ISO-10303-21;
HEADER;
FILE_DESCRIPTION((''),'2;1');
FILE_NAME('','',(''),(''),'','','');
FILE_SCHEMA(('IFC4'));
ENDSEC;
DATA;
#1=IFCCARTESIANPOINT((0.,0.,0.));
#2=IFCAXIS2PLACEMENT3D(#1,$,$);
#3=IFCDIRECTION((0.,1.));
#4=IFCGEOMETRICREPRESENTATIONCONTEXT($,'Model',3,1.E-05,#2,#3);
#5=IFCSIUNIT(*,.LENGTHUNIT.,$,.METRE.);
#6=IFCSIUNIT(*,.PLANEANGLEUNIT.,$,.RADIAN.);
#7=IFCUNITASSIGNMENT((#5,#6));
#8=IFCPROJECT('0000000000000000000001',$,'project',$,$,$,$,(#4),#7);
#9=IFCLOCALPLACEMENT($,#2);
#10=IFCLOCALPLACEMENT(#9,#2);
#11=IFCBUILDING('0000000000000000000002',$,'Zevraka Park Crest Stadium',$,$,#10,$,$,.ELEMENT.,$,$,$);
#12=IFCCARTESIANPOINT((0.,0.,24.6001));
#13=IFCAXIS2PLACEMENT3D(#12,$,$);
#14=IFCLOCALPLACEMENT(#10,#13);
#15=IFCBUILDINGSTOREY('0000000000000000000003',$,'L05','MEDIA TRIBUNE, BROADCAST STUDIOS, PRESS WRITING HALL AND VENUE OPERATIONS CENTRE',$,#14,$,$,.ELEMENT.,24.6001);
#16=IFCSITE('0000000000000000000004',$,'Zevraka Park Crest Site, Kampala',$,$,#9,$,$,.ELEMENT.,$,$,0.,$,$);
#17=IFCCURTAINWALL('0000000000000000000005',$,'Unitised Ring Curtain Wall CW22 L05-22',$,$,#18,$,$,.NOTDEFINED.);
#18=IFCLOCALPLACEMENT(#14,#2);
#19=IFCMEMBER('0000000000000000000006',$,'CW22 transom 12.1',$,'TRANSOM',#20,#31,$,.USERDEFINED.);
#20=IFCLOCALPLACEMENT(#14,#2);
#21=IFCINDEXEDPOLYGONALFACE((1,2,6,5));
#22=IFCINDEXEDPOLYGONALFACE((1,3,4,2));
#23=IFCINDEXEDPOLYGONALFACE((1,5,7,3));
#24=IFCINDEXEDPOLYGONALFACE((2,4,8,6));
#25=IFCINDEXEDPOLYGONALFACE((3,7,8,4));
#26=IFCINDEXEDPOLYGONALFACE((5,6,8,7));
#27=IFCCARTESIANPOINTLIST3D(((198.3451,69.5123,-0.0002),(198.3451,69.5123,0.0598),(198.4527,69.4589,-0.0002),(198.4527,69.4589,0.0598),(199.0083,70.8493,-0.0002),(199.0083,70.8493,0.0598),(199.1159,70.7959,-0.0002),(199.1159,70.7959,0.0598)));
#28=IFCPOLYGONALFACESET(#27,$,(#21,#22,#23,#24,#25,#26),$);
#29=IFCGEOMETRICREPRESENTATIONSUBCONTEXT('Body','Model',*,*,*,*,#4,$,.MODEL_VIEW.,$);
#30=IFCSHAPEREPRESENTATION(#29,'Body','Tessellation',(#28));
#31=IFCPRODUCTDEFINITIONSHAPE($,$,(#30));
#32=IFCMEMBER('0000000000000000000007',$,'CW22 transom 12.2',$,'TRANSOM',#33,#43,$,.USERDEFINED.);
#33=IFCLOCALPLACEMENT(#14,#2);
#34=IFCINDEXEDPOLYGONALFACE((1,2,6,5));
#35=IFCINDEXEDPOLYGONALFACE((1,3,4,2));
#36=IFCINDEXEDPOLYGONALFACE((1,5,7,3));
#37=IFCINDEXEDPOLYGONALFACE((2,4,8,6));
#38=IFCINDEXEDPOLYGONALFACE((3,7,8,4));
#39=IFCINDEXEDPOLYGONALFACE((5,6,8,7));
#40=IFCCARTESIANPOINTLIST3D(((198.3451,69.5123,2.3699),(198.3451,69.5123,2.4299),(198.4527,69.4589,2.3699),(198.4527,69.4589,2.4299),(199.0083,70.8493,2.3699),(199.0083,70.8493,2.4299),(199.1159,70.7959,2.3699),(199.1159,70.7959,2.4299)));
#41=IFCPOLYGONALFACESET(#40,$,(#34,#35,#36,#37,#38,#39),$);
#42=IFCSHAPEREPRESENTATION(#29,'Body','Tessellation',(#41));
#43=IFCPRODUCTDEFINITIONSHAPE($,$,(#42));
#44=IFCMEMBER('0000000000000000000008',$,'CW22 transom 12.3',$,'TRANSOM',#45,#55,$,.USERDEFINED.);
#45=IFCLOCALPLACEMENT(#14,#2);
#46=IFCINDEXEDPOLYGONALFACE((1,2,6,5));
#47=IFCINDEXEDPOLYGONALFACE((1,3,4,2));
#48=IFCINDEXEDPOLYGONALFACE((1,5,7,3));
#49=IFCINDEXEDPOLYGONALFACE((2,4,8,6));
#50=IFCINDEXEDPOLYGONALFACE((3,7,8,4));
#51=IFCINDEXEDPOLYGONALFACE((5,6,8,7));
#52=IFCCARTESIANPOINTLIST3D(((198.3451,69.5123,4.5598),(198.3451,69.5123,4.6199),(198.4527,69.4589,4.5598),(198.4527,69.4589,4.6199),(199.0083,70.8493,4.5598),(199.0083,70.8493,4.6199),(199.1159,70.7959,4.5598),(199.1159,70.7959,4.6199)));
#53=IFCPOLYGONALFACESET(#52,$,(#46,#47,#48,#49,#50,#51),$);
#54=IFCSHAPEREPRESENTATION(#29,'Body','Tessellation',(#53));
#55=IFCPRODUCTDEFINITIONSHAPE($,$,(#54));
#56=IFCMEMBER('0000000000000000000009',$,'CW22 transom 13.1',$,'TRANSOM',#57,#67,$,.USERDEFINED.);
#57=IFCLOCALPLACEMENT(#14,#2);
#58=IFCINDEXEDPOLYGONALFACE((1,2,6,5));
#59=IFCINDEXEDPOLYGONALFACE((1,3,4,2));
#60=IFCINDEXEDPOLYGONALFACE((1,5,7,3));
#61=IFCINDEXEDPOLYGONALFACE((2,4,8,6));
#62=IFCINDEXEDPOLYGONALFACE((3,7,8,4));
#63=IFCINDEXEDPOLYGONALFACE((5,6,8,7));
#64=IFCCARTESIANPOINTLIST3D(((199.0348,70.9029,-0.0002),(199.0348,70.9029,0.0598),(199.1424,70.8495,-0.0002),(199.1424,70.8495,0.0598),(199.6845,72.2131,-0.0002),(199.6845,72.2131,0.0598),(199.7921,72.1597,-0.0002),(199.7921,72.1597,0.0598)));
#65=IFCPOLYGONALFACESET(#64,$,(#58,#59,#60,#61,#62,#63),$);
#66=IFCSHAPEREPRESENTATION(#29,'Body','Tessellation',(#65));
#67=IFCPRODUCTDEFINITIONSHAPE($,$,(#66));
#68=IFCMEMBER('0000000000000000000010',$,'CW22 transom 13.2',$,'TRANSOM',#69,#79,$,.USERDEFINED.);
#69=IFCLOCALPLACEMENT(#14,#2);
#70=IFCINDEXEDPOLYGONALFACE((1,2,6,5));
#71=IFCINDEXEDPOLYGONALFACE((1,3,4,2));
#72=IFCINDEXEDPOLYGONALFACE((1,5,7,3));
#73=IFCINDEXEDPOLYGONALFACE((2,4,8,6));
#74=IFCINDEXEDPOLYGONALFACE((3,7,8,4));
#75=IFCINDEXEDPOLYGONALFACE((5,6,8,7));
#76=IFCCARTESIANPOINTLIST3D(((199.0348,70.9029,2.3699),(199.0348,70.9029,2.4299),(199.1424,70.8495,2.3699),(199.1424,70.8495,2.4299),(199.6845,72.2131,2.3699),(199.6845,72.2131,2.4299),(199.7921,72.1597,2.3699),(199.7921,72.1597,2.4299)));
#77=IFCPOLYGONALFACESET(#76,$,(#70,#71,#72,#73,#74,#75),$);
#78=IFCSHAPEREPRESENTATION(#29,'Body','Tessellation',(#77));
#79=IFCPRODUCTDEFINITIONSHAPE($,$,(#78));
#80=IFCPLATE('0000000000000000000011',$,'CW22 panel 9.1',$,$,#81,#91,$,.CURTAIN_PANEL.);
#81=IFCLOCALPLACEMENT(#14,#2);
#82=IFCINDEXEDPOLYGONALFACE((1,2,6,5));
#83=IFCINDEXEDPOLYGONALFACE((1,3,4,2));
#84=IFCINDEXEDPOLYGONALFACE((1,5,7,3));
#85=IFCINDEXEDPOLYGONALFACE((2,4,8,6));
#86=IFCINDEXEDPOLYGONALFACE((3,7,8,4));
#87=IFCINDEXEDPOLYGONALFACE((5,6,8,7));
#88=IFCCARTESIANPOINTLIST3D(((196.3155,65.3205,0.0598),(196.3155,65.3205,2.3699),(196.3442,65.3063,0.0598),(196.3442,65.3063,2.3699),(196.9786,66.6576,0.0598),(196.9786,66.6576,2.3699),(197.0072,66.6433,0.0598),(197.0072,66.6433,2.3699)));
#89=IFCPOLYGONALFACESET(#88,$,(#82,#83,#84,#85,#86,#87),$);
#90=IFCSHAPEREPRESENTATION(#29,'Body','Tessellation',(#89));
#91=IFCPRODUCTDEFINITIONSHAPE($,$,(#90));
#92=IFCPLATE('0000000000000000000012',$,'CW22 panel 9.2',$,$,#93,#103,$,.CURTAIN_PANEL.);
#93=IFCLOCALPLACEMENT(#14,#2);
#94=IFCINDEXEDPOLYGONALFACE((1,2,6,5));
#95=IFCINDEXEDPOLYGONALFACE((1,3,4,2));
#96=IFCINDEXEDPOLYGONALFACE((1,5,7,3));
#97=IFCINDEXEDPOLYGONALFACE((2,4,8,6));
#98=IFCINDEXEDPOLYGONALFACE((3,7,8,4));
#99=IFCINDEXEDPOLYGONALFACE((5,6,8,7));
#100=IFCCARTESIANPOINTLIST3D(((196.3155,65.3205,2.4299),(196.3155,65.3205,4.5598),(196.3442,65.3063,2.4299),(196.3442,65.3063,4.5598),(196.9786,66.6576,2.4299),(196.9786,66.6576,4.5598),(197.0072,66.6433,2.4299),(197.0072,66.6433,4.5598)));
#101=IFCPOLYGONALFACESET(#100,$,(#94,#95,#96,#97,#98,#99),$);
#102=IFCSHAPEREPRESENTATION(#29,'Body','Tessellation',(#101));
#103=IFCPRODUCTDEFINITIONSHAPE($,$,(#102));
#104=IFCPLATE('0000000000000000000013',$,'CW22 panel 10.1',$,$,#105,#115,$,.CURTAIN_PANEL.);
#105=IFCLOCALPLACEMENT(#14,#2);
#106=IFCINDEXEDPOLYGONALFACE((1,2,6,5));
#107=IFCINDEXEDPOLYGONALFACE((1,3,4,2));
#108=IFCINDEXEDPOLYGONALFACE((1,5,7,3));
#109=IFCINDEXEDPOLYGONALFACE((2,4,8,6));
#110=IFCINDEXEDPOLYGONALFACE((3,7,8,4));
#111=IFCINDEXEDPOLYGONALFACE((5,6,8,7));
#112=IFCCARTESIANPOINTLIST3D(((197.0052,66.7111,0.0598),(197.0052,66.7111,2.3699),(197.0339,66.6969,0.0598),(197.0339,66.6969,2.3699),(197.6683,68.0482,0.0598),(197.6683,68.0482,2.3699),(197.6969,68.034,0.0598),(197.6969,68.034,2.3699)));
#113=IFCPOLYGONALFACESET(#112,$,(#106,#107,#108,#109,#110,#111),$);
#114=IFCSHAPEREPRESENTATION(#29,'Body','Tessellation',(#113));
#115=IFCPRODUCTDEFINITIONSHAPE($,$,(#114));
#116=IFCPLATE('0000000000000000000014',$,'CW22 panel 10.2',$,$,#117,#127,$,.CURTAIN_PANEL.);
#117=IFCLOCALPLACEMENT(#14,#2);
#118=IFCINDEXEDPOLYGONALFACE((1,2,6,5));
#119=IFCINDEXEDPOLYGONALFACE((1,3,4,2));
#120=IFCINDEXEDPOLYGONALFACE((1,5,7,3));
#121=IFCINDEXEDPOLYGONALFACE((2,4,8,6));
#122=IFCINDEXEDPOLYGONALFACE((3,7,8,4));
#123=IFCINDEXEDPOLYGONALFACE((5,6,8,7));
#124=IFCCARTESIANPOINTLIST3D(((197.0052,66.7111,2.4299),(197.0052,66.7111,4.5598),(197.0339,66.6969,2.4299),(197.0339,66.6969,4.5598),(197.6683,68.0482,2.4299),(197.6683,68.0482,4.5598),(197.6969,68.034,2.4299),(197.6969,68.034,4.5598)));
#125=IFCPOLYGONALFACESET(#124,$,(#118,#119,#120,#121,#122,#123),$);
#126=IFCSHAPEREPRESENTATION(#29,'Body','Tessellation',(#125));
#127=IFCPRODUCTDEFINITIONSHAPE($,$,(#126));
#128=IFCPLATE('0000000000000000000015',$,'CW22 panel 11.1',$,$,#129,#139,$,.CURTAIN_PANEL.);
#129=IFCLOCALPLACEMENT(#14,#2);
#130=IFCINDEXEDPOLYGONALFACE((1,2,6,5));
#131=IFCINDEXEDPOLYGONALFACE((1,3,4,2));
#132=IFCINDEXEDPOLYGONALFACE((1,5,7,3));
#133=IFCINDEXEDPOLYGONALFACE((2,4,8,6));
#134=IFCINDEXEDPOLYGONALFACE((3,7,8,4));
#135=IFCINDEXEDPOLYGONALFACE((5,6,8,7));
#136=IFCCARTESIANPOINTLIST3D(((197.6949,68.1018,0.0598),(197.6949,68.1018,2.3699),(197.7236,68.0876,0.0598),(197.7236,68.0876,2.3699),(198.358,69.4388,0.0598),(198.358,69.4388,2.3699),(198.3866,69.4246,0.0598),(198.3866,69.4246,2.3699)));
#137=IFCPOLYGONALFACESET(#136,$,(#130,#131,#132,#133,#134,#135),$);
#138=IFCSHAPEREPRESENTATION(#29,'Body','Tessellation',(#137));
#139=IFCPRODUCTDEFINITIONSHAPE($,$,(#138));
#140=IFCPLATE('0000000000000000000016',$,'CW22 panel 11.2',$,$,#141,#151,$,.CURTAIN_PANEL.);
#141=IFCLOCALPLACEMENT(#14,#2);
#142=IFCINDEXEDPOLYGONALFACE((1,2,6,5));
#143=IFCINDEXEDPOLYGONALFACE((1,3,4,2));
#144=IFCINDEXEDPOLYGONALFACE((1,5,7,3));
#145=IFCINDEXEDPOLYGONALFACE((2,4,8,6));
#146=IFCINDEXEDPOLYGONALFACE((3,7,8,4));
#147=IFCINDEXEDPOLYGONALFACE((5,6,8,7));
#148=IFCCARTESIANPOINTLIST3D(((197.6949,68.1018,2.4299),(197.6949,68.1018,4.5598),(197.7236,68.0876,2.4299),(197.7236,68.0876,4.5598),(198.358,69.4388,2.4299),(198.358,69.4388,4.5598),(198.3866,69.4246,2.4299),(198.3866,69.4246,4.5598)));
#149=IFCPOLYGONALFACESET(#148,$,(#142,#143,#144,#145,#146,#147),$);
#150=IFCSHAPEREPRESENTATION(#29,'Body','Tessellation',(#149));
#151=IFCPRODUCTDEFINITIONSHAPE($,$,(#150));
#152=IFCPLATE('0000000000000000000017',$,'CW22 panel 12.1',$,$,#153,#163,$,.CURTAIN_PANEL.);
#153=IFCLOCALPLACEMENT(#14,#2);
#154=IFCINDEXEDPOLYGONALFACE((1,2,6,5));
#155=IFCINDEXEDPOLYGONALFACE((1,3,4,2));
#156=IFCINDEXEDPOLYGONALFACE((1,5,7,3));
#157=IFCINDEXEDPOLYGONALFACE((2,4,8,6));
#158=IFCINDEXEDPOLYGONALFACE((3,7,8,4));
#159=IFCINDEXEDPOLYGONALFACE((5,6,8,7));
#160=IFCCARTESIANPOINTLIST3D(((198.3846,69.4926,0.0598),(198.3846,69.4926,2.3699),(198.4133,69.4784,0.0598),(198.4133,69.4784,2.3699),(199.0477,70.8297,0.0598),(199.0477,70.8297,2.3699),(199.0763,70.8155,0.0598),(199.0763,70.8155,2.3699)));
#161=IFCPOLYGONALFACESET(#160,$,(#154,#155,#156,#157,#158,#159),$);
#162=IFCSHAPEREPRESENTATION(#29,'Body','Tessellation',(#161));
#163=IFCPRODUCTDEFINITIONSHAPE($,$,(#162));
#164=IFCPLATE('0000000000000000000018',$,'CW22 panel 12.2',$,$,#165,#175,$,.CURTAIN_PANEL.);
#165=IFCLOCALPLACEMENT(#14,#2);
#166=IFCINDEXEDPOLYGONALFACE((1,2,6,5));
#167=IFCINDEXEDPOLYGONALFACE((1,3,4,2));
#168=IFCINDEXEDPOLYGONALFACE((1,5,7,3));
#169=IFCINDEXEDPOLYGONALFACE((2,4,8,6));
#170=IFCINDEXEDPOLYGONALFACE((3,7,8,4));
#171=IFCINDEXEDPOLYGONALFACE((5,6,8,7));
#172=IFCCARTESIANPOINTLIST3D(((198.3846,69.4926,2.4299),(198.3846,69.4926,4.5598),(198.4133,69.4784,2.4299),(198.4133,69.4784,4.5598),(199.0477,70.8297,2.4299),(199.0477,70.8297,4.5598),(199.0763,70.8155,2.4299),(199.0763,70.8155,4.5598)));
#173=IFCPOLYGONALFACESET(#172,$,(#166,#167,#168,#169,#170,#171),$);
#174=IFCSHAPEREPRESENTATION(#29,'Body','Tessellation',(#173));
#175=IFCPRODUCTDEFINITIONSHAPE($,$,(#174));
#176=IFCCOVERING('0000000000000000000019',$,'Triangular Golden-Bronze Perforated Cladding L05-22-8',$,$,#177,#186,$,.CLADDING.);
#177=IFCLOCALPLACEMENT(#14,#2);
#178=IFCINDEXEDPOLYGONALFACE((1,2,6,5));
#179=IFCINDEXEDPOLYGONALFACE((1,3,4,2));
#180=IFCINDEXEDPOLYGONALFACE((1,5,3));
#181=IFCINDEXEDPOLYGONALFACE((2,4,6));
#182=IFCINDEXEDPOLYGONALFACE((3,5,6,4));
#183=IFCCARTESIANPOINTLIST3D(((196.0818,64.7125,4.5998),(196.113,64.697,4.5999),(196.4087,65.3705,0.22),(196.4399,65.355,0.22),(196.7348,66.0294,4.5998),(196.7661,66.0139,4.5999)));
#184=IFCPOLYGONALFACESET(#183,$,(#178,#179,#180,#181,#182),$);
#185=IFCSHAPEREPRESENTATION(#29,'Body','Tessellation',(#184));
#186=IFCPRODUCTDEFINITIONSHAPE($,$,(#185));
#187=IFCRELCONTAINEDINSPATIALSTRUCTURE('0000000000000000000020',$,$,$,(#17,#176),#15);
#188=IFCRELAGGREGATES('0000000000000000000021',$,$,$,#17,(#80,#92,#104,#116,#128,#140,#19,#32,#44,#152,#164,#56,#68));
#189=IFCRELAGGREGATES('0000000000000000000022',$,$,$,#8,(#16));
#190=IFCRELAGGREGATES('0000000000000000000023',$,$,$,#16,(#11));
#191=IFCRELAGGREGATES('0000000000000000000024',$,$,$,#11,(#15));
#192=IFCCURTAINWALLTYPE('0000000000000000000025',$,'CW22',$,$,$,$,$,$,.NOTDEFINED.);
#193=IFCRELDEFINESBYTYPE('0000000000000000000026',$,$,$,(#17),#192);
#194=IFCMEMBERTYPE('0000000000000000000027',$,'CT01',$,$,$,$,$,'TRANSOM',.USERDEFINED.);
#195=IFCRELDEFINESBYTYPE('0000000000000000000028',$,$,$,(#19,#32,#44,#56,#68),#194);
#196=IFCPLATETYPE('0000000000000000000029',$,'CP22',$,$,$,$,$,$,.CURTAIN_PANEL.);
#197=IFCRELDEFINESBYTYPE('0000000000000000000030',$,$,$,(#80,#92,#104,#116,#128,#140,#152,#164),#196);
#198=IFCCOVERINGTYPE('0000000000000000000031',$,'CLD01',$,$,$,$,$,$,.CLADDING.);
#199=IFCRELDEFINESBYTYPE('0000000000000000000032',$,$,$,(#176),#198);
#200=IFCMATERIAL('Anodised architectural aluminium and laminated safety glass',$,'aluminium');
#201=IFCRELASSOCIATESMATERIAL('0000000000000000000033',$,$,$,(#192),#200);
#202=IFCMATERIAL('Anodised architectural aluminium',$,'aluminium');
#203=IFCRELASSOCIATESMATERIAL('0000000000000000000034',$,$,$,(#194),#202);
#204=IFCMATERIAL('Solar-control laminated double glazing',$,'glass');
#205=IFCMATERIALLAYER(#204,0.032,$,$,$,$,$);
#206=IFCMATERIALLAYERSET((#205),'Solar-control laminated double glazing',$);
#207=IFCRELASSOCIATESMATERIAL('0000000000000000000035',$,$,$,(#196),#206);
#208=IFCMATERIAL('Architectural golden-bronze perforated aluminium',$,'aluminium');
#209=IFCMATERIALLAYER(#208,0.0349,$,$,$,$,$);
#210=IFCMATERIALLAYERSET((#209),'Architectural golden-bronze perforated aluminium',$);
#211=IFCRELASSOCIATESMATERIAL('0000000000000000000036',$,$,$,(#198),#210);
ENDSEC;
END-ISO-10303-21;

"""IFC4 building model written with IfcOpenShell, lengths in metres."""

from ifc_helpers import new_model, si_unit, direction, frame, origin, origin_2d, place, context, subcontext, project, spatial, polyline, rectangle, outline, extrude, material, layer, layer_set, material_profile, profile_set, type_object, element, aggregate, save


model = new_model("IFC4")

# Units and contexts
model_context = context("Model", 3, precision=1e-05, world=origin(), true_north=direction((0.0, 1.0)))
body_context = subcontext(model_context, "Body", "Model", "MODEL_VIEW")
ifc_project = project(units=[si_unit("LENGTHUNIT", "METRE"), si_unit("PLANEANGLEUNIT", "RADIAN")], contexts=[model_context])

# Site, building, storey
site_placement = place(None, origin())
site = spatial("IfcSite", under=ifc_project, at=site_placement, Name="Zevraka Park Crest Site, Kampala", CompositionType="ELEMENT", RefElevation=0.0)
building_placement = place(site_placement, origin())
building = spatial("IfcBuilding", under=site, at=building_placement, Name="Zevraka Park Crest Stadium", CompositionType="ELEMENT")
storey_placement = place(building_placement, frame((0.0, 0.0, 24.6001)))
storey = spatial("IfcBuildingStorey", under=building, at=storey_placement, Name="L05", Description="MEDIA TRIBUNE, BROADCAST STUDIOS, PRESS WRITING HALL AND VENUE OPERATIONS CENTRE", CompositionType="ELEMENT", Elevation=24.6001)

# Curtain wall, members, plates
ifc_material_1 = material(Name="Anodised architectural aluminium and laminated safety glass", Category="aluminium")
curtain_wall_type = type_object("IfcCurtainWallType", Name="CW22", PredefinedType="NOTDEFINED", material=ifc_material_1)
curtain_wall_placement = place(storey_placement, origin())
curtain_wall = element("IfcCurtainWall", 1, at=curtain_wall_placement, inside=storey, type_object=curtain_wall_type, Name="Unitised Ring Curtain Wall CW22 L05-22", PredefinedType="NOTDEFINED")
ifc_material_2 = material(Name="Anodised architectural aluminium", Category="aluminium")
ifc_material_profile_1 = material_profile(ifc_material_2, rectangle(XDim=0.1201, YDim=0.0601, at=origin_2d()), Name="ALU TRANSOM 120x60")
ifc_profile_set_1 = profile_set([ifc_material_profile_1], Name="Anodised architectural aluminium")
member_type_1 = type_object("IfcMemberType", Name="CT01", ElementType="TRANSOM", PredefinedType="USERDEFINED", material=ifc_profile_set_1)
member_1_placement = place(storey_placement, frame((198.3989, 69.4856, 0.0298), z_axis=(0.444332, 0.895862, 0.0), x_axis=(-0.895862, 0.444332, 0.0)))
member_1 = element("IfcMember", 2, at=member_1_placement, type_object=member_type_1, Name="CW22 transom 12.1", ObjectType="TRANSOM", PredefinedType="USERDEFINED", context=body_context, shape_type="SweptSolid", body=[
    extrude(rectangle(XDim=0.1201, YDim=0.0601, at=origin_2d()), origin(), (0.0, 0.0, 1.0), 1.4924),
])
member_2_placement = place(storey_placement, frame((198.3989, 69.4856, 2.3999), z_axis=(0.444332, 0.895862, 0.0), x_axis=(-0.895862, 0.444332, 0.0)))
member_2 = element("IfcMember", 3, at=member_2_placement, type_object=member_type_1, Name="CW22 transom 12.2", ObjectType="TRANSOM", PredefinedType="USERDEFINED", context=body_context, shape_type="SweptSolid", body=[
    extrude(rectangle(XDim=0.1201, YDim=0.0601, at=origin_2d()), origin(), (0.0, 0.0, 1.0), 1.4924),
])
member_3_placement = place(storey_placement, frame((198.3989, 69.4856, 4.5898), z_axis=(0.444332, 0.895862, 0.0), x_axis=(-0.895862, 0.444332, 0.0)))
member_3 = element("IfcMember", 4, at=member_3_placement, type_object=member_type_1, Name="CW22 transom 12.3", ObjectType="TRANSOM", PredefinedType="USERDEFINED", context=body_context, shape_type="SweptSolid", body=[
    extrude(rectangle(XDim=0.1201, YDim=0.0601, at=origin_2d()), origin(), (0.0, 0.0, 1.0), 1.4924),
])
member_4_placement = place(storey_placement, frame((199.0886, 70.8762, 0.0298), z_axis=(0.444273, 0.895892, 0.0), x_axis=(-0.895892, 0.444273, 0.0)))
member_4 = element("IfcMember", 5, at=member_4_placement, type_object=member_type_1, Name="CW22 transom 13.1", ObjectType="TRANSOM", PredefinedType="USERDEFINED", context=body_context, shape_type="SweptSolid", body=[
    extrude(rectangle(XDim=0.1201, YDim=0.0601, at=origin_2d()), origin(), (0.0, 0.0, 1.0), 1.4624),
])
member_5_placement = place(storey_placement, frame((199.0886, 70.8762, 2.3999), z_axis=(0.444273, 0.895892, 0.0), x_axis=(-0.895892, 0.444273, 0.0)))
member_5 = element("IfcMember", 6, at=member_5_placement, type_object=member_type_1, Name="CW22 transom 13.2", ObjectType="TRANSOM", PredefinedType="USERDEFINED", context=body_context, shape_type="SweptSolid", body=[
    extrude(rectangle(XDim=0.1201, YDim=0.0601, at=origin_2d()), origin(), (0.0, 0.0, 1.0), 1.4624),
])
ifc_material_3 = material(Name="Solar-control laminated double glazing", Category="glass")
ifc_layer_1 = layer(ifc_material_3, 0.032)
ifc_layer_set_1 = layer_set([ifc_layer_1], Name="Solar-control laminated double glazing")
plate_type = type_object("IfcPlateType", Name="CP22", PredefinedType="CURTAIN_PANEL", material=ifc_layer_set_1)
plate_1_placement = place(storey_placement, frame((196.6614, 65.9819, 0.0598), z_axis=(0.0, 0.0, 1.0), x_axis=(0.444297, 0.895879, 0.0)))
plate_1 = element("IfcPlate", 7, at=plate_1_placement, type_object=plate_type, Name="CW22 panel 9.1", PredefinedType="CURTAIN_PANEL", context=body_context, shape_type="SweptSolid", body=[
    extrude(rectangle(XDim=1.4924, YDim=0.032, at=origin_2d()), origin(), (0.0, 0.0, 1.0), 2.3101),
])
plate_2_placement = place(storey_placement, frame((196.6614, 65.9819, 2.4299), z_axis=(0.0, 0.0, 1.0), x_axis=(0.444297, 0.895879, 0.0)))
plate_2 = element("IfcPlate", 8, at=plate_2_placement, type_object=plate_type, Name="CW22 panel 9.2", PredefinedType="CURTAIN_PANEL", context=body_context, shape_type="SweptSolid", body=[
    extrude(rectangle(XDim=1.4924, YDim=0.032, at=origin_2d()), origin(), (0.0, 0.0, 1.0), 2.1299),
])
plate_3_placement = place(storey_placement, frame((197.3511, 67.3726, 0.0598), z_axis=(0.0, 0.0, 1.0), x_axis=(0.444297, 0.895879, 0.0)))
plate_3 = element("IfcPlate", 9, at=plate_3_placement, type_object=plate_type, Name="CW22 panel 10.1", PredefinedType="CURTAIN_PANEL", context=body_context, shape_type="SweptSolid", body=[
    extrude(rectangle(XDim=1.4924, YDim=0.032, at=origin_2d()), origin(), (0.0, 0.0, 1.0), 2.3101),
])
plate_4_placement = place(storey_placement, frame((197.3511, 67.3726, 2.4299), z_axis=(0.0, 0.0, 1.0), x_axis=(0.444297, 0.895879, 0.0)))
plate_4 = element("IfcPlate", 10, at=plate_4_placement, type_object=plate_type, Name="CW22 panel 10.2", PredefinedType="CURTAIN_PANEL", context=body_context, shape_type="SweptSolid", body=[
    extrude(rectangle(XDim=1.4924, YDim=0.032, at=origin_2d()), origin(), (0.0, 0.0, 1.0), 2.1299),
])
plate_5_placement = place(storey_placement, frame((198.0408, 68.7632, 0.0598), z_axis=(0.0, 0.0, 1.0), x_axis=(0.444297, 0.895879, 0.0)))
plate_5 = element("IfcPlate", 11, at=plate_5_placement, type_object=plate_type, Name="CW22 panel 11.1", PredefinedType="CURTAIN_PANEL", context=body_context, shape_type="SweptSolid", body=[
    extrude(rectangle(XDim=1.4924, YDim=0.032, at=origin_2d()), origin(), (0.0, 0.0, 1.0), 2.3101),
])
plate_6_placement = place(storey_placement, frame((198.0408, 68.7632, 2.4299), z_axis=(0.0, 0.0, 1.0), x_axis=(0.444297, 0.895879, 0.0)))
plate_6 = element("IfcPlate", 12, at=plate_6_placement, type_object=plate_type, Name="CW22 panel 11.2", PredefinedType="CURTAIN_PANEL", context=body_context, shape_type="SweptSolid", body=[
    extrude(rectangle(XDim=1.4924, YDim=0.032, at=origin_2d()), origin(), (0.0, 0.0, 1.0), 2.1299),
])
plate_7_placement = place(storey_placement, frame((198.7305, 70.1541, 0.0598), z_axis=(0.0, 0.0, 1.0), x_axis=(0.444297, 0.895879, 0.0)))
plate_7 = element("IfcPlate", 13, at=plate_7_placement, type_object=plate_type, Name="CW22 panel 12.1", PredefinedType="CURTAIN_PANEL", context=body_context, shape_type="SweptSolid", body=[
    extrude(rectangle(XDim=1.4924, YDim=0.032, at=origin_2d()), origin(), (0.0, 0.0, 1.0), 2.3101),
])
plate_8_placement = place(storey_placement, frame((198.7305, 70.1541, 2.4299), z_axis=(0.0, 0.0, 1.0), x_axis=(0.444297, 0.895879, 0.0)))
plate_8 = element("IfcPlate", 14, at=plate_8_placement, type_object=plate_type, Name="CW22 panel 12.2", PredefinedType="CURTAIN_PANEL", context=body_context, shape_type="SweptSolid", body=[
    extrude(rectangle(XDim=1.4924, YDim=0.032, at=origin_2d()), origin(), (0.0, 0.0, 1.0), 2.1299),
])
aggregate(curtain_wall, [plate_1, plate_2, plate_3, plate_4, plate_5, plate_6, member_1, member_2, member_3, plate_7, plate_8, member_4, member_5])

# Covering
ifc_material_4 = material(Name="Architectural golden-bronze perforated aluminium", Category="aluminium")
ifc_layer_2 = layer(ifc_material_4, 0.0349)
ifc_layer_set_2 = layer_set([ifc_layer_2], Name="Architectural golden-bronze perforated aluminium")
covering_type = type_object("IfcCoveringType", Name="CLD01", PredefinedType="CLADDING", material=ifc_layer_set_2)
covering_1_placement = place(storey_placement, frame((196.7661, 66.0139, 4.5999), z_axis=(0.895884, -0.444288, 0.000124), x_axis=(-0.444288, -0.895884, 0.0)))
element("IfcCovering", 15, at=covering_1_placement, inside=storey, type_object=covering_type, Name="Triangular Golden-Bronze Perforated Cladding L05-22-8", PredefinedType="CLADDING", context=body_context, shape_type="SweptSolid", body=[
    extrude(outline(polyline([(0.0, 0.0), (1.4699, 0.0), (0.7352, 4.3799), (0.0, 0.0)])), origin(), (0.0, 0.0, -1.0), 0.0349),
])

save(model, "model.ifc")
